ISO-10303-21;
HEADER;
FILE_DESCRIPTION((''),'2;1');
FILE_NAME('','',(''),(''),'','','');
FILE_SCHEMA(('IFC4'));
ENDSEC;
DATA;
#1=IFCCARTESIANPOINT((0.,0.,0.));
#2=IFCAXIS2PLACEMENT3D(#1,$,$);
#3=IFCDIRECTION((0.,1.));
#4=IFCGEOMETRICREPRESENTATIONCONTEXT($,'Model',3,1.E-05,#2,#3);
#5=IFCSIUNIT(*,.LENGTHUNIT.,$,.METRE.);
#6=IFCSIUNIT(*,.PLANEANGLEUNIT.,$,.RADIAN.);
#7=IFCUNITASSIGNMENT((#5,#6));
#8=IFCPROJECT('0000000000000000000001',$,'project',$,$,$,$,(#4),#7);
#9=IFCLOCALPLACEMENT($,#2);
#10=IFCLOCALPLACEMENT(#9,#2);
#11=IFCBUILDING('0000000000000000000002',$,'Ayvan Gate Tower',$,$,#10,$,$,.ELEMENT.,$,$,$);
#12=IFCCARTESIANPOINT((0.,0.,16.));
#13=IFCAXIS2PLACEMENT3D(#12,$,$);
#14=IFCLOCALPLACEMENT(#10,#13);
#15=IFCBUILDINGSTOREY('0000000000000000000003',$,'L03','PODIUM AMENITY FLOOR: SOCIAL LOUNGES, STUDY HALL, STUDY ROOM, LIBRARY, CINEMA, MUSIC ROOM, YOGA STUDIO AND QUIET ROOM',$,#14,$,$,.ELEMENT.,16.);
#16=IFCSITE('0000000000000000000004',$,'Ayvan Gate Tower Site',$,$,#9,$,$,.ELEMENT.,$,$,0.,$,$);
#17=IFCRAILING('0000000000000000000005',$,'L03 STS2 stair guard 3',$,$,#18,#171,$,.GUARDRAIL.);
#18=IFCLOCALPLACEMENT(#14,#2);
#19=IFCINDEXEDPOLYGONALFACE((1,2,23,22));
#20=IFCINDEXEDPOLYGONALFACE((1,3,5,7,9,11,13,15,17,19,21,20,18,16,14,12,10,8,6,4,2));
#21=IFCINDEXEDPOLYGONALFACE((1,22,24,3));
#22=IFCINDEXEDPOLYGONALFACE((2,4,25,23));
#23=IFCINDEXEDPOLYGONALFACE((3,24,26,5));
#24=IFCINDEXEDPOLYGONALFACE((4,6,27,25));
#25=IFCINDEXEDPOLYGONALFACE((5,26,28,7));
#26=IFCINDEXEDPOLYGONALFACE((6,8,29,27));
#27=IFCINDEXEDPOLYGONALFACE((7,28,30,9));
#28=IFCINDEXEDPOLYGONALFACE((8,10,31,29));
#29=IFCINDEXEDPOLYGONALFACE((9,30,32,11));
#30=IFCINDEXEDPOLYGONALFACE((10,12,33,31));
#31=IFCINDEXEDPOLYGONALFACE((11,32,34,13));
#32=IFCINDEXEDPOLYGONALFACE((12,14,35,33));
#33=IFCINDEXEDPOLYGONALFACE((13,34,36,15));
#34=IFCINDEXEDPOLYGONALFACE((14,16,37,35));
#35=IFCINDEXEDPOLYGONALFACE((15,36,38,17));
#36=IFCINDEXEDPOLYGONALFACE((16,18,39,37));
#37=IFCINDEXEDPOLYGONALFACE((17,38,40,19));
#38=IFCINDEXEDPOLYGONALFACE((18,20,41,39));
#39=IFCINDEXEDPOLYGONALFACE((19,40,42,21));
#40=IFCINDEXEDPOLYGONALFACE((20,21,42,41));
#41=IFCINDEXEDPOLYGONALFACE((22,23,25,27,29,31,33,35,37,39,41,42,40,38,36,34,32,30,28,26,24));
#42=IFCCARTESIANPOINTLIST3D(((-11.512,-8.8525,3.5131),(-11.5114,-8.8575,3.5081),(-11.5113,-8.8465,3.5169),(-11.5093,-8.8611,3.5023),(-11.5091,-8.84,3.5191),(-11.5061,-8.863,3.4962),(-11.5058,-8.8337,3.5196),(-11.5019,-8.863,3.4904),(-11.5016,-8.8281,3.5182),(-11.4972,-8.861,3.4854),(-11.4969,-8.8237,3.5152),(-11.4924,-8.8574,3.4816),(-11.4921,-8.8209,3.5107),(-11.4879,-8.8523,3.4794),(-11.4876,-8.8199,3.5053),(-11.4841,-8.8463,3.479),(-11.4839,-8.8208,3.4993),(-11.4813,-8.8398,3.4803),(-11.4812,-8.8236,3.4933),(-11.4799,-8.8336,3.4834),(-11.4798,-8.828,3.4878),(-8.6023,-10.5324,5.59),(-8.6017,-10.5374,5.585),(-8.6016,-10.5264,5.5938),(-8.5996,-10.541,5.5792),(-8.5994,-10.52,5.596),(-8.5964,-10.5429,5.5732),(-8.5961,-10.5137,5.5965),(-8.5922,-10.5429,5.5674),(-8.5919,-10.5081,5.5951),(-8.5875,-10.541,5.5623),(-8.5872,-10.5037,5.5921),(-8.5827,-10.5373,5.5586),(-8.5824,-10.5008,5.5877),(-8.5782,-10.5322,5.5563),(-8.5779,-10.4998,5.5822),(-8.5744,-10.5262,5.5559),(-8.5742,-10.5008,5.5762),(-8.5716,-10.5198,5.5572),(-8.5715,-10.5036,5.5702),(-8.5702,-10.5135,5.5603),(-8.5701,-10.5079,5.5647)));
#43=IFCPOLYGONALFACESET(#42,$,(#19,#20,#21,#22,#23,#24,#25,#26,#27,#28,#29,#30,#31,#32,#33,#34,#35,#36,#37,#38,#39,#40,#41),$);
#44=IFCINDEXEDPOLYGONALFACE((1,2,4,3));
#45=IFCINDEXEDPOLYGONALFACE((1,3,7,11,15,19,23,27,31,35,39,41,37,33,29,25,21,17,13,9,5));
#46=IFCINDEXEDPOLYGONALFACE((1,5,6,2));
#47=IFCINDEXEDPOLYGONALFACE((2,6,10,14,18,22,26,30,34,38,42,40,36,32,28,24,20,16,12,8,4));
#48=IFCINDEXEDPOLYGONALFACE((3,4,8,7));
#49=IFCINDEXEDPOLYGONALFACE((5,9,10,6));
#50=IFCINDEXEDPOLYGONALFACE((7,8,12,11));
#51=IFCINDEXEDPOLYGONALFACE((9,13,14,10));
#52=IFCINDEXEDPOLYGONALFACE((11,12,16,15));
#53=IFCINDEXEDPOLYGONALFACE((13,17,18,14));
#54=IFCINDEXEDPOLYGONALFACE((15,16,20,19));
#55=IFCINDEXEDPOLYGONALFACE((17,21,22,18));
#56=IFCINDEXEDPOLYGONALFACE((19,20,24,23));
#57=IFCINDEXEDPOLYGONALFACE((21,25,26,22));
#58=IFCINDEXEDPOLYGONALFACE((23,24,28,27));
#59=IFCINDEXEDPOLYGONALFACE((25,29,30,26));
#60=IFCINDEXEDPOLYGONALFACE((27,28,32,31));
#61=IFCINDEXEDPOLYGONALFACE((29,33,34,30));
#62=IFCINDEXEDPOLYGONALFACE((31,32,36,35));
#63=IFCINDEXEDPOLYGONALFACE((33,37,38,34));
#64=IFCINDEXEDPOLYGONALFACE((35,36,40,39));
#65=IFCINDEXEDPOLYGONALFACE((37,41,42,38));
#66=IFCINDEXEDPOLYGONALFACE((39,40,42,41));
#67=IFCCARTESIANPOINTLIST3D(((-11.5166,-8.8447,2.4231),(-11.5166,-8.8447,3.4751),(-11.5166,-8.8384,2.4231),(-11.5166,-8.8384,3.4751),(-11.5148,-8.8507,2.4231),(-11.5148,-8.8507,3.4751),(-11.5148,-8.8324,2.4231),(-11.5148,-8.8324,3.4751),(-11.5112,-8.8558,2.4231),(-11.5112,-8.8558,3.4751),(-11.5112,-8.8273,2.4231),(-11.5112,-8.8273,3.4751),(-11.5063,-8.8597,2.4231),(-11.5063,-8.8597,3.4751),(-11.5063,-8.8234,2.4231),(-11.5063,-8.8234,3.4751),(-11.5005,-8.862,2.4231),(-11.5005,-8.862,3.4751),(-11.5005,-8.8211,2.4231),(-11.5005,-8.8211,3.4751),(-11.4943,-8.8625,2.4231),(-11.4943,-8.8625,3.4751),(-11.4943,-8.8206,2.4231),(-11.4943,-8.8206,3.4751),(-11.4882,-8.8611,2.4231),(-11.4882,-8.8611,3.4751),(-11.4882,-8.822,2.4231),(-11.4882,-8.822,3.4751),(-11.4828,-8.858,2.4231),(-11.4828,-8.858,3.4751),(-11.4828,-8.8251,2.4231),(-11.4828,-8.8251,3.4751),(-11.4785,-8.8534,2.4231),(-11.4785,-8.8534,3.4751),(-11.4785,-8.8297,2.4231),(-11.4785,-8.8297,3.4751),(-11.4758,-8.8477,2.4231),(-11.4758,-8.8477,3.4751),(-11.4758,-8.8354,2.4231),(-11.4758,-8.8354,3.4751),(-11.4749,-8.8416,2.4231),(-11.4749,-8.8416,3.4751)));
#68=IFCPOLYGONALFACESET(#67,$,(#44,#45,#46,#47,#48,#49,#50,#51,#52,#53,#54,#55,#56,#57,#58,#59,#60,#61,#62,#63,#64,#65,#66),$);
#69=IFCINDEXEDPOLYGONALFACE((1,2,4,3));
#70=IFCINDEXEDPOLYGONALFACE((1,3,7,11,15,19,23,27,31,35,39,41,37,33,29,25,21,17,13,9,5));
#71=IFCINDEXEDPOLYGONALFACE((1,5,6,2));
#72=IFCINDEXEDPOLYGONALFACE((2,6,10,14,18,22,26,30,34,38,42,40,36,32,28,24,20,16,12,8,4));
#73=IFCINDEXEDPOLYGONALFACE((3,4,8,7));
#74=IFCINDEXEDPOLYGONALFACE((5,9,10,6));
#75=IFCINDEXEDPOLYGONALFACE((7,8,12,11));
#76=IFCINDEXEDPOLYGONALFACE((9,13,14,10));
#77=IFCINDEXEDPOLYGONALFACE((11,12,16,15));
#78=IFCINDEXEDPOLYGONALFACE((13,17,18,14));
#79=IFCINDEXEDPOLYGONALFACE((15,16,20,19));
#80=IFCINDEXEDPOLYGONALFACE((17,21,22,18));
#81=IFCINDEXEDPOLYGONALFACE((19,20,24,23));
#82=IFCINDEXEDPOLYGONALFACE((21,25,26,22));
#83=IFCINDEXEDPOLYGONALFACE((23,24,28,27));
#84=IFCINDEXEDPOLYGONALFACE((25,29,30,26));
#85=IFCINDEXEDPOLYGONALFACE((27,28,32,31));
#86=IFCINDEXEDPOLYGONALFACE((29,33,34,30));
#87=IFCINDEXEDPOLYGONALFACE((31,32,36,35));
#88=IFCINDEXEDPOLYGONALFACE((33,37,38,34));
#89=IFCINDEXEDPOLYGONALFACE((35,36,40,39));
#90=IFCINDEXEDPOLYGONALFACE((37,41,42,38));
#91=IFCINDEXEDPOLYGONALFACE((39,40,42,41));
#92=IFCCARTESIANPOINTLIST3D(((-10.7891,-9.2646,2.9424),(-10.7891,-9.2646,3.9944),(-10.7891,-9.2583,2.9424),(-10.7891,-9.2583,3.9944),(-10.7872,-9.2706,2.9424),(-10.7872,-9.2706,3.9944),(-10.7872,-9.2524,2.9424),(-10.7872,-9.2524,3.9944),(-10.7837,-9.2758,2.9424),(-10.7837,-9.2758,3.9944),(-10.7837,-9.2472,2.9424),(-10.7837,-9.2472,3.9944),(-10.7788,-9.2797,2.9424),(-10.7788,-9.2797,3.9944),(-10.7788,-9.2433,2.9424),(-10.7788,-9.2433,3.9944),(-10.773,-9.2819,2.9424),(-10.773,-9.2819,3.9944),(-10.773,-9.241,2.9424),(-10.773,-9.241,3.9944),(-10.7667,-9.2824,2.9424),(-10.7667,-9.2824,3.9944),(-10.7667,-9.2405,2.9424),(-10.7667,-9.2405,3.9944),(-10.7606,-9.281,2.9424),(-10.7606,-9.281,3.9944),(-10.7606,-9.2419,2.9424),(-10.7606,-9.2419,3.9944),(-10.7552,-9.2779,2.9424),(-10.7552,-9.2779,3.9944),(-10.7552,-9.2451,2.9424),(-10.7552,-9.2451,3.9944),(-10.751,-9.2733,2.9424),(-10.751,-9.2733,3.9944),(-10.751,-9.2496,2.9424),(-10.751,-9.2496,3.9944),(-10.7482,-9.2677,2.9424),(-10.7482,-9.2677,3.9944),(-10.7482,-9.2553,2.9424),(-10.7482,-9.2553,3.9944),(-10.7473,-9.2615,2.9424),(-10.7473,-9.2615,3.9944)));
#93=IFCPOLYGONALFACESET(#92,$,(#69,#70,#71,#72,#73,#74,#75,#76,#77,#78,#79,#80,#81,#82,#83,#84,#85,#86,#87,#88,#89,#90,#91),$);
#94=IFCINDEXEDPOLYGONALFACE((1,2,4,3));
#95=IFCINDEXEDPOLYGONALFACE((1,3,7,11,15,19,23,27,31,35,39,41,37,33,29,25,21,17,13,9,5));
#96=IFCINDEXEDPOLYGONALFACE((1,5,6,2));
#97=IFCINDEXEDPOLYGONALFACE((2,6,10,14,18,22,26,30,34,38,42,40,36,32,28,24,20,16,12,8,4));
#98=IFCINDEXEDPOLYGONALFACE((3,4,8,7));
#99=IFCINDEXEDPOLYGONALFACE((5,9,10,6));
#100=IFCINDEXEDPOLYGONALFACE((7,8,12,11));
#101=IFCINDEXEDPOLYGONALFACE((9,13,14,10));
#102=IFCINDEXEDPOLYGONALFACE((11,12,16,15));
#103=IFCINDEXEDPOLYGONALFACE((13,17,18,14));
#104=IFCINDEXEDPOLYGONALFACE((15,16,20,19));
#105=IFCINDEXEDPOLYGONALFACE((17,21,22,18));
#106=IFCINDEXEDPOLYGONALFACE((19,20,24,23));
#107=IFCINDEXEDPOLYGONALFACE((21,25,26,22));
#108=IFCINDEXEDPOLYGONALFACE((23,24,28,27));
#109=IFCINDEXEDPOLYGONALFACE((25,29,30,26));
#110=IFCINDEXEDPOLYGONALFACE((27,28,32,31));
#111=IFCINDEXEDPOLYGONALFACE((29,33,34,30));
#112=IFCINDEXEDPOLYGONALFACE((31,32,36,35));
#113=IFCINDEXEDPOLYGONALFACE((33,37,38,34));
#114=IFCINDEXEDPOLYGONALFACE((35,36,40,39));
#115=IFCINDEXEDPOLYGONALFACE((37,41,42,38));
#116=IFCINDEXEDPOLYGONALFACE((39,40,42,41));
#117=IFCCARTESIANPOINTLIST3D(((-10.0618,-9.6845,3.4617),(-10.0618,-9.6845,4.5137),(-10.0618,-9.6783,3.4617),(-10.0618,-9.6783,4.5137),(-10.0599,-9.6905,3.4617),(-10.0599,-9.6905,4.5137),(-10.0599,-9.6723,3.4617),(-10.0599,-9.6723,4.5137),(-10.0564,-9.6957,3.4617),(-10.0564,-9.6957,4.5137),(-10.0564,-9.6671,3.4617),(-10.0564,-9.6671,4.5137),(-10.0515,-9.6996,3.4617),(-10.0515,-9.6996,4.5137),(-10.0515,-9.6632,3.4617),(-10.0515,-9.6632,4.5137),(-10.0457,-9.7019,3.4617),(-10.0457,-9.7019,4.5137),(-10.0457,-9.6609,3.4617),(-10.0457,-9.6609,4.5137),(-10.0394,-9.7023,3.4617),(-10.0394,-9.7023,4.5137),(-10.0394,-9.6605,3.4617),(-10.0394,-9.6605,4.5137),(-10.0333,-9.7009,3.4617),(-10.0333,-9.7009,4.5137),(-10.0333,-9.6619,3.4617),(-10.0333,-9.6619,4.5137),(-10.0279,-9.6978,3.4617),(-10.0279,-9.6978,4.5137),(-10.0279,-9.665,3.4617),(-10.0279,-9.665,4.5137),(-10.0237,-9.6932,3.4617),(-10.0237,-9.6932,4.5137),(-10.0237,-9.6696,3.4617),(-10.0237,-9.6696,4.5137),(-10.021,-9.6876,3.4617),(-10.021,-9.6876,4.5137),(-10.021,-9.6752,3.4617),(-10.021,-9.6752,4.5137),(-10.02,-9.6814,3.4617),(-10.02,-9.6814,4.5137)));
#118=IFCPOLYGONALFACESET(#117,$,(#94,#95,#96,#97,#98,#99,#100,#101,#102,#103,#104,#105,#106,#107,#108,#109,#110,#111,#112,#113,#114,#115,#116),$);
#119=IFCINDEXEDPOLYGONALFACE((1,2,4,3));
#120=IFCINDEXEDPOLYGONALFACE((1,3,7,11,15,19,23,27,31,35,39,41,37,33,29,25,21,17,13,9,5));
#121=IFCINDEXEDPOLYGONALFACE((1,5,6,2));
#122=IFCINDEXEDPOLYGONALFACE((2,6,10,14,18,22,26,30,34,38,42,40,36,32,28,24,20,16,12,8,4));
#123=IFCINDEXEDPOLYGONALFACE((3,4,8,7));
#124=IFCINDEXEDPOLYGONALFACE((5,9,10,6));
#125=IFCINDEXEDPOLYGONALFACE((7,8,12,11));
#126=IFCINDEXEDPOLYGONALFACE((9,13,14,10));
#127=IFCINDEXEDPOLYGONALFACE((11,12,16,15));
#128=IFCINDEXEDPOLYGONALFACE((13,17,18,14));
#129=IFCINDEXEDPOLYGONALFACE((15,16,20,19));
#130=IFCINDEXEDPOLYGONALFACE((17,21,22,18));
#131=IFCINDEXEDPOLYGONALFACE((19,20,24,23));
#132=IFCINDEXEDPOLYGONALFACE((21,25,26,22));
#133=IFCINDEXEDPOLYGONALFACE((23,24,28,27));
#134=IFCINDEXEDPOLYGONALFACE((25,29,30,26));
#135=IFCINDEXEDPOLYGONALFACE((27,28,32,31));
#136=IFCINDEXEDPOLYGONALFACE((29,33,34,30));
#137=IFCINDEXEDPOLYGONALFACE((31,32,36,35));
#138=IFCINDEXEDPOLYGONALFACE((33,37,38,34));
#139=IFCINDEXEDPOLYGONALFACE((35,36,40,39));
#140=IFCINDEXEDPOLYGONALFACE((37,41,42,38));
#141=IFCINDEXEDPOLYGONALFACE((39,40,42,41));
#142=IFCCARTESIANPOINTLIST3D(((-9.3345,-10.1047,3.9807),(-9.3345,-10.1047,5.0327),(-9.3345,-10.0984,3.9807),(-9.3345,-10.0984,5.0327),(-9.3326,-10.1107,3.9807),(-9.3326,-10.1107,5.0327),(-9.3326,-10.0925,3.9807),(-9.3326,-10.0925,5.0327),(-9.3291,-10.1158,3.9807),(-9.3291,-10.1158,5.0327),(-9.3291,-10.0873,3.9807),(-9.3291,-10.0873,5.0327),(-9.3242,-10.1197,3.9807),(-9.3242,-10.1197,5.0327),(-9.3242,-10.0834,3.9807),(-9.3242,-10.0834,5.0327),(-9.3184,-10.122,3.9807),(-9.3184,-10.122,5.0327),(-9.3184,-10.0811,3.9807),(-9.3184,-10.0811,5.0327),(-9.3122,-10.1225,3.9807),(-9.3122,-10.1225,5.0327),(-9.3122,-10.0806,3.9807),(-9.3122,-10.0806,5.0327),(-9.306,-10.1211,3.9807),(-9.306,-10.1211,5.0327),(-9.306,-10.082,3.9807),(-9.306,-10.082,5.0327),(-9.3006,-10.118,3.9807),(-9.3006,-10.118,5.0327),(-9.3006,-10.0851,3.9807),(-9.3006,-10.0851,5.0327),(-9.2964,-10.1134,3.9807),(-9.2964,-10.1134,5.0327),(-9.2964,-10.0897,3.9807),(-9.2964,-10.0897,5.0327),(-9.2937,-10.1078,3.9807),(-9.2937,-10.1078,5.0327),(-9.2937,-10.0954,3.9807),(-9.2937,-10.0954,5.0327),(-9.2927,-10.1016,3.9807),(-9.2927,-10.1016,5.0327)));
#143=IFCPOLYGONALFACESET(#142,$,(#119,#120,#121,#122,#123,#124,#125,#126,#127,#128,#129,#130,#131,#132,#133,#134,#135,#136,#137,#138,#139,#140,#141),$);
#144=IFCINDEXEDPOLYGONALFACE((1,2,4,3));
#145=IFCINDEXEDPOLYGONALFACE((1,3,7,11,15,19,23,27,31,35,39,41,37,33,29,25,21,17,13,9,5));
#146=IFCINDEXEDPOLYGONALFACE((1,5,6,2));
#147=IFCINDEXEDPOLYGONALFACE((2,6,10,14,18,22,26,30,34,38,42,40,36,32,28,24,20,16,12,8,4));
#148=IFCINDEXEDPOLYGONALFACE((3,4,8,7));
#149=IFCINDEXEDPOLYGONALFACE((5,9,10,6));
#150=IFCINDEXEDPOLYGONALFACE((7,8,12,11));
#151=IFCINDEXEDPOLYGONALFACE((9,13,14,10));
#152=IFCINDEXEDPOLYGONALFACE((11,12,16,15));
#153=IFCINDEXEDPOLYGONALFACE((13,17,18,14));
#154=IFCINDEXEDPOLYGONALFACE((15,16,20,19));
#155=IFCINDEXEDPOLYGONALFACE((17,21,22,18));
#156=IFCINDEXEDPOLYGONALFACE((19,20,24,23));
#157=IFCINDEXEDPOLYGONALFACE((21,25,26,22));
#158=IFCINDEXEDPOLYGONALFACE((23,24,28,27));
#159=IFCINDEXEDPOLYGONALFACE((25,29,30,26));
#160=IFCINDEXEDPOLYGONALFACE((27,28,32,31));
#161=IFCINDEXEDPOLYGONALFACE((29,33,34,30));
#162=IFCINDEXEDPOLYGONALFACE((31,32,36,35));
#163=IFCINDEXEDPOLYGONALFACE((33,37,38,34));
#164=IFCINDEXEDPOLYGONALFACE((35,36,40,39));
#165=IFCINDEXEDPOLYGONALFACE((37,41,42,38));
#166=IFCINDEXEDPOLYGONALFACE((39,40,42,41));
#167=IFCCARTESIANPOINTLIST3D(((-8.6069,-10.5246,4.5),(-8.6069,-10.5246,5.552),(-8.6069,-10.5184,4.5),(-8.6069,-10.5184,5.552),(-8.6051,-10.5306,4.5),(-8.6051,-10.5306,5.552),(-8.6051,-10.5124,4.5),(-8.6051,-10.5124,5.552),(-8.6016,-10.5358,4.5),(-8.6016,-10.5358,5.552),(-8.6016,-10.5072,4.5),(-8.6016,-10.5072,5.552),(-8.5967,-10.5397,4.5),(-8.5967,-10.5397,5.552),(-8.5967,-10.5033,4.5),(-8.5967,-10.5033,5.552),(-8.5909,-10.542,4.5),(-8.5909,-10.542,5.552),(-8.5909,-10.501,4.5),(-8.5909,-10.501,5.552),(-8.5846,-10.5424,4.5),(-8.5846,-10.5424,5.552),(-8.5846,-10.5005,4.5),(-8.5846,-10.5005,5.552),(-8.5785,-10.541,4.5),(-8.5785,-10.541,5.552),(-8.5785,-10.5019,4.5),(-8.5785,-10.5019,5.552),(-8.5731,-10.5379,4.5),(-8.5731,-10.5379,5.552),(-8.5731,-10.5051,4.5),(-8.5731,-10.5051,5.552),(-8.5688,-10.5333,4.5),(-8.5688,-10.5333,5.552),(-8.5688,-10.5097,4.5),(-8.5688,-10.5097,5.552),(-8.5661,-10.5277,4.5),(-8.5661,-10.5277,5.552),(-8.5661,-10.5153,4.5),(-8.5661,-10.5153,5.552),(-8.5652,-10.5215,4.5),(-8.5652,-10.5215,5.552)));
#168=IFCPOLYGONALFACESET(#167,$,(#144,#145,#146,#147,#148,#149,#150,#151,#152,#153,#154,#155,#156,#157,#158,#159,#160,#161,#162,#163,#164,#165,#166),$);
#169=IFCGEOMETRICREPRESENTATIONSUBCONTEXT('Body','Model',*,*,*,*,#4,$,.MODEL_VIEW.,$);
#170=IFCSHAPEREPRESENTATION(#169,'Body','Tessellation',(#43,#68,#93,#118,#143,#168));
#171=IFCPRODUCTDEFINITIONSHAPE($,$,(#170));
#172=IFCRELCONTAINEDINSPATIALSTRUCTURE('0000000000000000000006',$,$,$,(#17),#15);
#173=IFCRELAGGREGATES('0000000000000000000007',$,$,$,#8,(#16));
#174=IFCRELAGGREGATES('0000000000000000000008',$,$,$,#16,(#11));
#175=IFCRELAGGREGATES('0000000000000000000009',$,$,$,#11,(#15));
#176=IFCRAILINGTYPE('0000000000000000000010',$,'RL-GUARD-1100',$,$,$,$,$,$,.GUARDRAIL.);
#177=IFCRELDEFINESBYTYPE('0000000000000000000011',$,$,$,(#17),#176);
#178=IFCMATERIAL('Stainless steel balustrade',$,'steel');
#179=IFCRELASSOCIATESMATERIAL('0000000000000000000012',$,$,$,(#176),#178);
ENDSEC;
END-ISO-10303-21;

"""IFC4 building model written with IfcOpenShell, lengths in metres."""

from ifc_helpers import new_model, si_unit, direction, frame, origin, origin_2d, place, context, subcontext, project, spatial, circle, extrude, material, type_object, element, save


model = new_model("IFC4")

# Units and contexts
model_context = context("Model", 3, precision=1e-05, world=origin(), true_north=direction((0.0, 1.0)))
body_context = subcontext(model_context, "Body", "Model", "MODEL_VIEW")
ifc_project = project(units=[si_unit("LENGTHUNIT", "METRE"), si_unit("PLANEANGLEUNIT", "RADIAN")], contexts=[model_context])

# Site, building, storey
site_placement = place(None, origin())
site = spatial("IfcSite", under=ifc_project, at=site_placement, Name="Ayvan Gate Tower Site", CompositionType="ELEMENT", RefElevation=0.0)
building_placement = place(site_placement, origin())
building = spatial("IfcBuilding", under=site, at=building_placement, Name="Ayvan Gate Tower", CompositionType="ELEMENT")
storey_placement = place(building_placement, frame((0.0, 0.0, 16.0)))
storey = spatial("IfcBuildingStorey", under=building, at=storey_placement, Name="L03", Description="PODIUM AMENITY FLOOR: SOCIAL LOUNGES, STUDY HALL, STUDY ROOM, LIBRARY, CINEMA, MUSIC ROOM, YOGA STUDIO AND QUIET ROOM", CompositionType="ELEMENT", Elevation=16.0)

# Railing
ifc_material_1 = material(Name="Stainless steel balustrade", Category="steel")
railing_type_1 = type_object("IfcRailingType", Name="RL-GUARD-1100", PredefinedType="GUARDRAIL", material=ifc_material_1)
railing_1_placement = place(storey_placement, frame((-11.4958, -8.8416, 2.4231)))
element("IfcRailing", 1, at=railing_1_placement, inside=storey, type_object=railing_type_1, Name="L03 STS2 stair guard 3", PredefinedType="GUARDRAIL", context=body_context, shape_type="SweptSolid", body=[
    extrude(circle(Radius=0.0239, at=origin_2d()), frame((0.0, 0.0, 1.0762), z_axis=(0.73664, -0.425308, 0.525809), x_axis=(0.500008, 0.866021, 0.0)), (0.0, 0.0, 1.0), 3.95),
    extrude(circle(Radius=0.021, at=origin_2d()), origin(), (0.0, 0.0, 1.0), 1.052),
    extrude(circle(Radius=0.021, at=origin_2d()), frame((0.7275, -0.4199, 0.5193)), (0.0, 0.0, 1.0), 1.052),
    extrude(circle(Radius=0.021, at=origin_2d()), frame((1.4548, -0.8398, 1.0386)), (0.0, 0.0, 1.0), 1.052),
    extrude(circle(Radius=0.021, at=origin_2d()), frame((2.1821, -1.26, 1.5576)), (0.0, 0.0, 1.0), 1.052),
    extrude(circle(Radius=0.021, at=origin_2d()), frame((2.9097, -1.6799, 2.0769)), (0.0, 0.0, 1.0), 1.052),
])

save(model, "model.ifc")
